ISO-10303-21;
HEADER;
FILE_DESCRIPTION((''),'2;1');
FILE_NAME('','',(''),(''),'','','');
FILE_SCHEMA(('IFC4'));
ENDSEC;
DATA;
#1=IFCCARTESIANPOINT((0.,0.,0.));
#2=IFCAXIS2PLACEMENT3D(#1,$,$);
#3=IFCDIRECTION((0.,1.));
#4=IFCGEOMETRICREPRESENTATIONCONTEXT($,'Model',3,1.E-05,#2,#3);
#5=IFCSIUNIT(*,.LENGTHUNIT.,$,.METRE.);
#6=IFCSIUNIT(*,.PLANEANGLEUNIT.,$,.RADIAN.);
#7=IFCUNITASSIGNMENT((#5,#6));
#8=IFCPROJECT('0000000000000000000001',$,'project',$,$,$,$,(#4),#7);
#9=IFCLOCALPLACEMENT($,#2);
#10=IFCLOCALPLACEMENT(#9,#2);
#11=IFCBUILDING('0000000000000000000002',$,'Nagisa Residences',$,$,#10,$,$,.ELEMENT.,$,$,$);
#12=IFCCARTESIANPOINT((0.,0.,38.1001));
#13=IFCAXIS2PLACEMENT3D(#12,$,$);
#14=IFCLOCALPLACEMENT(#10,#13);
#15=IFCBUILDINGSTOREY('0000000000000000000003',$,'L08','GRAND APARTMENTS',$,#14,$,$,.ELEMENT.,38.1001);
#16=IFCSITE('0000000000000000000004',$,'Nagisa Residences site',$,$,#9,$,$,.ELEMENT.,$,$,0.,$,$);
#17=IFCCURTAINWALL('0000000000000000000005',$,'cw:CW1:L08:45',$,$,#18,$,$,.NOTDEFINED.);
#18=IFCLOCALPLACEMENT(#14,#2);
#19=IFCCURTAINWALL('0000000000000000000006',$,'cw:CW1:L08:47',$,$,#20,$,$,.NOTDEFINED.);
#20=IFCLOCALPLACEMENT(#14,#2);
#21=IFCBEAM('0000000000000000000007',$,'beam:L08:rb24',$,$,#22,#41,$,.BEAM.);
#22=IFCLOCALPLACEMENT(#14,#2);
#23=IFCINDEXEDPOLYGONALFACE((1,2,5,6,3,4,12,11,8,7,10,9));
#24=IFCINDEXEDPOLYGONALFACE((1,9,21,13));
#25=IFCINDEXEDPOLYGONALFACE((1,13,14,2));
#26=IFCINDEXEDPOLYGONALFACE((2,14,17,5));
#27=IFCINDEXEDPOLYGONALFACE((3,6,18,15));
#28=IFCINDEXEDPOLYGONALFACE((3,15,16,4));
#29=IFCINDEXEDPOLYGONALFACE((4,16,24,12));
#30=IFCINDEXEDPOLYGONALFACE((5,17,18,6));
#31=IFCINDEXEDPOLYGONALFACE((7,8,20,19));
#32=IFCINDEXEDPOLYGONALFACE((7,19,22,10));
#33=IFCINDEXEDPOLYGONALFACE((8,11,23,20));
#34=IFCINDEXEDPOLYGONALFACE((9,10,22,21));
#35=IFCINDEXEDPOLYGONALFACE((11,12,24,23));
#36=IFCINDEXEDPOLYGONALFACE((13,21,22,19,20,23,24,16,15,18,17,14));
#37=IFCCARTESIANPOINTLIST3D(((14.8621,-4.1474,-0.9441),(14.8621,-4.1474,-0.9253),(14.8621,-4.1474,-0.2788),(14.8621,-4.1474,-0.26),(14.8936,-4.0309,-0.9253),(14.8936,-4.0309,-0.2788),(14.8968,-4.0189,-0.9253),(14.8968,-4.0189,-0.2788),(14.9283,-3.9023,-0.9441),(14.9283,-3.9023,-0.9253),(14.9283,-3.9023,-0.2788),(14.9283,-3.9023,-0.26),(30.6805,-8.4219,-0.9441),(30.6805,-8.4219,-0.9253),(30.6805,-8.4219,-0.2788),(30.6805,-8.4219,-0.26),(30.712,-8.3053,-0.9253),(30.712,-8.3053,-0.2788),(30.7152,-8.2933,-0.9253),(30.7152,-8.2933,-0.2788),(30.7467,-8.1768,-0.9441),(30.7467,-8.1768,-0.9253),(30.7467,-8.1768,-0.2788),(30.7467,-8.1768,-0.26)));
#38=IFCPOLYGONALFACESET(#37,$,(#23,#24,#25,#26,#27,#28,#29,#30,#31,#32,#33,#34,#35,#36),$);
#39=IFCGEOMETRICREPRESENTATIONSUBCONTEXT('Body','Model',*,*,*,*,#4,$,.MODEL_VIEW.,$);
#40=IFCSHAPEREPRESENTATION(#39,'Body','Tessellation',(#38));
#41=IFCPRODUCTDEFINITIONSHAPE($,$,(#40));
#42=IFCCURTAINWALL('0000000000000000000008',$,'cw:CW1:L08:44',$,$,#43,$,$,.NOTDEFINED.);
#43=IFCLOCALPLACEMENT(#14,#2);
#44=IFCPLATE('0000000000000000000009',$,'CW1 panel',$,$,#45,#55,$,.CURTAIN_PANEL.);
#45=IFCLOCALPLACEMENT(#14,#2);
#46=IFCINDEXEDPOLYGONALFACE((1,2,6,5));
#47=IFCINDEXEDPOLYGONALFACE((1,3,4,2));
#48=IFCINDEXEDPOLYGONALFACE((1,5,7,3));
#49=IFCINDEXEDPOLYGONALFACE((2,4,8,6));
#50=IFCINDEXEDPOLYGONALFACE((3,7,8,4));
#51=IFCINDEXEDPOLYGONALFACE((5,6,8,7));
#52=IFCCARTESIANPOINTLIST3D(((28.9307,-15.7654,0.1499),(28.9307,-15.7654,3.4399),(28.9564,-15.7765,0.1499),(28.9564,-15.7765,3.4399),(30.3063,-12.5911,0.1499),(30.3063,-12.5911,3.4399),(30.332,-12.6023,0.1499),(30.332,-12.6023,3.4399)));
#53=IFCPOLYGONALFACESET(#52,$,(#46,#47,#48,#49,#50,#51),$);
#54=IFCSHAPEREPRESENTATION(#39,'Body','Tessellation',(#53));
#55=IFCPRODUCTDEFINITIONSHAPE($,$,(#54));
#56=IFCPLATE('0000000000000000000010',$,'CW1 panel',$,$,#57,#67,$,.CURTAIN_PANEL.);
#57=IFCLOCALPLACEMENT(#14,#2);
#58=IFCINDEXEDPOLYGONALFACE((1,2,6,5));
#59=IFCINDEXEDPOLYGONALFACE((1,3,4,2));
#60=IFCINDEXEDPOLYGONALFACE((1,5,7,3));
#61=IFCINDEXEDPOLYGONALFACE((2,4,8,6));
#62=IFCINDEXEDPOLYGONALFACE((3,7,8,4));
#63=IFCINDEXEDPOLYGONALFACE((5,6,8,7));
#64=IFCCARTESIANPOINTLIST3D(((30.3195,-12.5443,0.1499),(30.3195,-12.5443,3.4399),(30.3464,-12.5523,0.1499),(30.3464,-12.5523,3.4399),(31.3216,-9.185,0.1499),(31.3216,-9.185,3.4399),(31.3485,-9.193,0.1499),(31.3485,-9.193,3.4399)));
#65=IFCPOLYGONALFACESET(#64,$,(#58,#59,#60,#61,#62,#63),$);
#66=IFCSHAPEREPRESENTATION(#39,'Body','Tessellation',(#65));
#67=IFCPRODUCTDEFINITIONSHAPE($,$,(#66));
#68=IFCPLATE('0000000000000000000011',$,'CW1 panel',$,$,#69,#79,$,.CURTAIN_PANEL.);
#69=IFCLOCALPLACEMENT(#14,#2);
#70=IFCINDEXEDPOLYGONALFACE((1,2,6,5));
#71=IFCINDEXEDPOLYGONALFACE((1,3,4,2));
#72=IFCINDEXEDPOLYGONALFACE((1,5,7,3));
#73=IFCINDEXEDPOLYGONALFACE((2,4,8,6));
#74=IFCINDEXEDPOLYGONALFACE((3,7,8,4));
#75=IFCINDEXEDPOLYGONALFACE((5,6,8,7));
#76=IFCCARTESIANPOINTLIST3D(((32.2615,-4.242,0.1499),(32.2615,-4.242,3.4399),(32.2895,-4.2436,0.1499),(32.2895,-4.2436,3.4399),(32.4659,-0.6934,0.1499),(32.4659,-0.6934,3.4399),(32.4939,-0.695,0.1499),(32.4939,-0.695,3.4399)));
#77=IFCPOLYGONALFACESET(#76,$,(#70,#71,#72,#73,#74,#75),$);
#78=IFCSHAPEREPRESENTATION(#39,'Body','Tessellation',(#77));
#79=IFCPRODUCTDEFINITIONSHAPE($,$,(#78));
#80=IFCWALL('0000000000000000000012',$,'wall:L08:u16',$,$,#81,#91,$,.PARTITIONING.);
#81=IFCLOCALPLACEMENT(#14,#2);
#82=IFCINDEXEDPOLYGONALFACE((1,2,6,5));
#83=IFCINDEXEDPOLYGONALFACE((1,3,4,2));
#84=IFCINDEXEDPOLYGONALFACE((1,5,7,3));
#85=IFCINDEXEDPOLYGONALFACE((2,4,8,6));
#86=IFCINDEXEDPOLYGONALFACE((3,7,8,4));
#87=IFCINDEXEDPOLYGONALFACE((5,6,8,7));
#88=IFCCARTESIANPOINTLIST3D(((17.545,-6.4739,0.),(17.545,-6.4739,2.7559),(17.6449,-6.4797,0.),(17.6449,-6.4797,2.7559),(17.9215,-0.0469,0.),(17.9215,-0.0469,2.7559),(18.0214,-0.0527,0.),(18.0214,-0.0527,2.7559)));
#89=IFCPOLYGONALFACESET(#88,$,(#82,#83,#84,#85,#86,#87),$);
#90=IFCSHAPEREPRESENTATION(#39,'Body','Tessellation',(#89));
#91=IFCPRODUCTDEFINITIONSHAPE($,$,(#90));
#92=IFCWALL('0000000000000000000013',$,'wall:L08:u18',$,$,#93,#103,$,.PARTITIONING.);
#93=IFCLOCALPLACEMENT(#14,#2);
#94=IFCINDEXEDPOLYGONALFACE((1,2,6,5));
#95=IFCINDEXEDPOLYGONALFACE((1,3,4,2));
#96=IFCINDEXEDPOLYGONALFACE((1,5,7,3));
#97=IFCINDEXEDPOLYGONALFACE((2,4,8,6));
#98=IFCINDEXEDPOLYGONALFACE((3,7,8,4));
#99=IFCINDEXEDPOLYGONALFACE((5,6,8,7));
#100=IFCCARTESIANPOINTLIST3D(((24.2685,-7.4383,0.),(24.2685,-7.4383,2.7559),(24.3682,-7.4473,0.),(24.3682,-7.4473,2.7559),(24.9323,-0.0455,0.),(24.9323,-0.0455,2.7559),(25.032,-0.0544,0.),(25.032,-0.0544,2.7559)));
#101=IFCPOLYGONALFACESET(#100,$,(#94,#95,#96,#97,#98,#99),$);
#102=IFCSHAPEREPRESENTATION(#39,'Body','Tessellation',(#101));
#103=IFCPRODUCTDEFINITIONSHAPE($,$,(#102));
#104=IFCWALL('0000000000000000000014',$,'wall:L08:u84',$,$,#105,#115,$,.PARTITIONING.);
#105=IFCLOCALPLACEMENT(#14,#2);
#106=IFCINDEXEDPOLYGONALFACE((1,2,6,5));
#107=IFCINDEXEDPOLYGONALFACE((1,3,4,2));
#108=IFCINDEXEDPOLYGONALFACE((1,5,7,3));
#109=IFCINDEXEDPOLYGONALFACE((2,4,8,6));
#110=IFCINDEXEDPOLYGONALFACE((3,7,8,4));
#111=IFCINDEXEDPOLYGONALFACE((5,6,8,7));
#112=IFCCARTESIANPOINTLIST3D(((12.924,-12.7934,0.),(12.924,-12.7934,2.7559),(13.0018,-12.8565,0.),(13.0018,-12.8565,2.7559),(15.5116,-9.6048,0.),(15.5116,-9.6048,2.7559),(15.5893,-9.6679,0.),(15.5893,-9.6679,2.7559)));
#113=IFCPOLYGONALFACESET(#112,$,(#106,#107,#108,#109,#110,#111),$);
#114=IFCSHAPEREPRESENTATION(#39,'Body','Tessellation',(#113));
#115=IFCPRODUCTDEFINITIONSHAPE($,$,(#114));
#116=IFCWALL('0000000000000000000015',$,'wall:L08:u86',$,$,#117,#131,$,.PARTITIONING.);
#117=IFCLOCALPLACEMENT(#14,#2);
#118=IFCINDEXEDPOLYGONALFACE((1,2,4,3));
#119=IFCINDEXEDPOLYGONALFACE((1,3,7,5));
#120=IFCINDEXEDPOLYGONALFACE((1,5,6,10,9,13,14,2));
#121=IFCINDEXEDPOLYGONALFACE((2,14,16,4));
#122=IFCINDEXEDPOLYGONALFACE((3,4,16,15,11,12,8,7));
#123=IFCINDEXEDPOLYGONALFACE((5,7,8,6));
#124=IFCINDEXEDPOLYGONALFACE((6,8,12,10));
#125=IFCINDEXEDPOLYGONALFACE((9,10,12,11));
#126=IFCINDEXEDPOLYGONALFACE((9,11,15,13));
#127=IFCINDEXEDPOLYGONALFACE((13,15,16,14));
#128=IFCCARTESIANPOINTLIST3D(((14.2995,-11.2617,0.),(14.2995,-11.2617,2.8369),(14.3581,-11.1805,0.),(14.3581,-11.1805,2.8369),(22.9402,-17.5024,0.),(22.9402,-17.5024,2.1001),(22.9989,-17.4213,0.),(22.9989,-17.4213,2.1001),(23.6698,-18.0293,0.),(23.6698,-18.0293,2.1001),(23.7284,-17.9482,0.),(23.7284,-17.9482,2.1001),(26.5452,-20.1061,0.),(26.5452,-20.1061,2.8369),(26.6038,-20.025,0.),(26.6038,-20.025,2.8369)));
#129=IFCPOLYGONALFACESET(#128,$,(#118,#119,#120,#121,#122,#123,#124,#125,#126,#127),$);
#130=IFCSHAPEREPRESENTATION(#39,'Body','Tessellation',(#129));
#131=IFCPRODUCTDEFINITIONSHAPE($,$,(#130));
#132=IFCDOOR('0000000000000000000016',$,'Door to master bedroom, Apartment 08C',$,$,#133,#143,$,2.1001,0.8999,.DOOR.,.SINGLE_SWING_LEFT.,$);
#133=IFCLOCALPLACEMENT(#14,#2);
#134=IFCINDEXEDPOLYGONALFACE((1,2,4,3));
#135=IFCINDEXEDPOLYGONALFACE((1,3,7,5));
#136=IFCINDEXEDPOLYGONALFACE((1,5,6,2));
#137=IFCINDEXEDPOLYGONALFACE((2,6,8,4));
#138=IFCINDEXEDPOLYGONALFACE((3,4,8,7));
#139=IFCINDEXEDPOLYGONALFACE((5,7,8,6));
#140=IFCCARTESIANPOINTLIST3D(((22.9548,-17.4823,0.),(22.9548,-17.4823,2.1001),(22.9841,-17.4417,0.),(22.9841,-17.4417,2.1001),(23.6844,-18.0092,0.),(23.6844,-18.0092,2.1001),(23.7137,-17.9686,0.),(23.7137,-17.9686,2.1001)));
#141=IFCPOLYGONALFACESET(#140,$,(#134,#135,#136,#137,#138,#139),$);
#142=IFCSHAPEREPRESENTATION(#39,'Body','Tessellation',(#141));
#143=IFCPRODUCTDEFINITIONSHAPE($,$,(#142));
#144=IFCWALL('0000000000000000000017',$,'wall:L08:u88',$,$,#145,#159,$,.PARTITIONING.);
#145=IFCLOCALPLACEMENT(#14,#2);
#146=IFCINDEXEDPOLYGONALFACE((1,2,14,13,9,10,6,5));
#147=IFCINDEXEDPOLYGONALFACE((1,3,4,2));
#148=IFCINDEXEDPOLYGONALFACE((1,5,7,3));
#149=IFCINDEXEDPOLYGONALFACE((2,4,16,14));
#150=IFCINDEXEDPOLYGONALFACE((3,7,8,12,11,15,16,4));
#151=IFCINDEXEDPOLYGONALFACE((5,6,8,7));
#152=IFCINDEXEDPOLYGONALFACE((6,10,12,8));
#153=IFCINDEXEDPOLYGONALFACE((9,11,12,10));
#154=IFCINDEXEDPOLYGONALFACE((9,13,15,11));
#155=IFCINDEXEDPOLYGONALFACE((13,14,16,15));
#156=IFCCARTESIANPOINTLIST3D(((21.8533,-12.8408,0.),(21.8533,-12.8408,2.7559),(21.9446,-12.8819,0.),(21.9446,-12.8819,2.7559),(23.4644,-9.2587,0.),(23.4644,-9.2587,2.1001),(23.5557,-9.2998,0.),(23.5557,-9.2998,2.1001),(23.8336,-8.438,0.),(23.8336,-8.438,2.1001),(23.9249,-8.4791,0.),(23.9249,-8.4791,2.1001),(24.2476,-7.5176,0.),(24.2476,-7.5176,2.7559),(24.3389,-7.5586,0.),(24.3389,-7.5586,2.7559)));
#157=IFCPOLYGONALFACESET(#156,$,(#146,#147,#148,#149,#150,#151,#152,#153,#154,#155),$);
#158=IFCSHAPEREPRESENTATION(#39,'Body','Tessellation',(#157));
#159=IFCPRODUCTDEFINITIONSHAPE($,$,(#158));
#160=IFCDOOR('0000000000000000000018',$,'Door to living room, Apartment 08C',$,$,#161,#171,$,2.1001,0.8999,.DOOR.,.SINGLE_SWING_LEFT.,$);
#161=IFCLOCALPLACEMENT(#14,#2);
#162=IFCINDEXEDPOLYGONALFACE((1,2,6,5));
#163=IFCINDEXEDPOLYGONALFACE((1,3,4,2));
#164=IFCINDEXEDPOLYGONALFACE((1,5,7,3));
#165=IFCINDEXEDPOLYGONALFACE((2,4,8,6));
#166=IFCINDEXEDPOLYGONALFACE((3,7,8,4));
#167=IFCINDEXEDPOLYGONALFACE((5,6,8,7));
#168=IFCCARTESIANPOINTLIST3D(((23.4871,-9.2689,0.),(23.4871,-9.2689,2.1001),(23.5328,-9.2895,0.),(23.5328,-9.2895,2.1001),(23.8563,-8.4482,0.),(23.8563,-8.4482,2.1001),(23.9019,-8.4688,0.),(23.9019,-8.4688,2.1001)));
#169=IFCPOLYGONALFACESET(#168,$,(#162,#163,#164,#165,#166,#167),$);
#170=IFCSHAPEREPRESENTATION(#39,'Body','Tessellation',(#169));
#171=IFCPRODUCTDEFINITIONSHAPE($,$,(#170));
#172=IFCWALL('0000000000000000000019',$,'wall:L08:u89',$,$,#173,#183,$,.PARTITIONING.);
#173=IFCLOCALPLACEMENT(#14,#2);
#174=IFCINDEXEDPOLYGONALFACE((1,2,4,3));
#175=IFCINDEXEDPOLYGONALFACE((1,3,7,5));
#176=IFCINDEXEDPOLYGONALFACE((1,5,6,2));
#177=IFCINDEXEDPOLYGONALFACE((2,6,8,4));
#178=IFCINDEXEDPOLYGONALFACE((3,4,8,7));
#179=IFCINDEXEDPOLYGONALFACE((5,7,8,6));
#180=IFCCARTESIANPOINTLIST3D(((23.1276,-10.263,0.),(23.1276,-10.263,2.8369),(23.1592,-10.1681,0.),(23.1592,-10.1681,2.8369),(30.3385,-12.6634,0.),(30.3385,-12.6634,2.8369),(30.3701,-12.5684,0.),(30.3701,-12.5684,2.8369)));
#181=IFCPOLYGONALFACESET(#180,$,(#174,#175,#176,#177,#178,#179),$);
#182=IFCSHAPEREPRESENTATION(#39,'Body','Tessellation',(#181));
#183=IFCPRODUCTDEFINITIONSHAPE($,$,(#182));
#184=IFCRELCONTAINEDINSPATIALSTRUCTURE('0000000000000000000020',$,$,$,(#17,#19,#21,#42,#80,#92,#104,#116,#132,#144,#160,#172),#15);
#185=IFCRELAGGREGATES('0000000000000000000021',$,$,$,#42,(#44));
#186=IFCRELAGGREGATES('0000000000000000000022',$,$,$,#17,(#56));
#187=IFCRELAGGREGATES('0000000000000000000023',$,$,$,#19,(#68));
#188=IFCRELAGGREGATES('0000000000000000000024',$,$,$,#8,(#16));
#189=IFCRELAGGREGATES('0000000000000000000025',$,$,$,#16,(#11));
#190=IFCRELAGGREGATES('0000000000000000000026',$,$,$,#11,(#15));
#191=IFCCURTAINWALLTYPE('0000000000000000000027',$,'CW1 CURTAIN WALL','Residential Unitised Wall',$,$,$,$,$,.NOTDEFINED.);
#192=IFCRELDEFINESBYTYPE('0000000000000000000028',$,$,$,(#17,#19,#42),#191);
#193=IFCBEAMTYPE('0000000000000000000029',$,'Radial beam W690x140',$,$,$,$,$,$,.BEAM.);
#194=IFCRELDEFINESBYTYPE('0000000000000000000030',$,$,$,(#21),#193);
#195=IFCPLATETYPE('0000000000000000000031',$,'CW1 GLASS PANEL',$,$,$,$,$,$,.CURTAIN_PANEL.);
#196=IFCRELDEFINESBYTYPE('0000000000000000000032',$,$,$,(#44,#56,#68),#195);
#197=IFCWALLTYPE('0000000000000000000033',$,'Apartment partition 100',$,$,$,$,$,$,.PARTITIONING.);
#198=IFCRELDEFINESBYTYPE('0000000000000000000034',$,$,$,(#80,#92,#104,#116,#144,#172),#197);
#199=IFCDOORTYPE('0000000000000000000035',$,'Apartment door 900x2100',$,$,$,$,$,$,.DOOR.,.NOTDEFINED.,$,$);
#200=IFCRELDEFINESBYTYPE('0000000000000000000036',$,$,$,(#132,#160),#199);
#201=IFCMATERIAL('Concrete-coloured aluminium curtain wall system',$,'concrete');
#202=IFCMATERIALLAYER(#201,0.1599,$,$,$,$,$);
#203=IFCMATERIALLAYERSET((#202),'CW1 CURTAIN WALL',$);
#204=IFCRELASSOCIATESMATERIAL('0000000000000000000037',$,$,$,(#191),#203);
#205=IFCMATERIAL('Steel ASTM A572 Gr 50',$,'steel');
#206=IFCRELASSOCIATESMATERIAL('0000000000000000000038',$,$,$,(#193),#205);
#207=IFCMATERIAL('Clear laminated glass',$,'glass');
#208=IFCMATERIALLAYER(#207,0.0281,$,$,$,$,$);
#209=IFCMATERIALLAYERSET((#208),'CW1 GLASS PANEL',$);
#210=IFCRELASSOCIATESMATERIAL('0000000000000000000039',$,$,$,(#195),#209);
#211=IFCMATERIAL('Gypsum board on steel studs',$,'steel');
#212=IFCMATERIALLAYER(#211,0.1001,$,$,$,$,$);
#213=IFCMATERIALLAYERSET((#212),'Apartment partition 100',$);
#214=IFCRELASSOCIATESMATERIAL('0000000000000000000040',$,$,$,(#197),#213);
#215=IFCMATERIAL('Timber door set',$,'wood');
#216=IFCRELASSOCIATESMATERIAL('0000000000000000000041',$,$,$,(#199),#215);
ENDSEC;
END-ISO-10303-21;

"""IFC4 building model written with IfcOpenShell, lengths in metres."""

from ifc_helpers import new_model, si_unit, direction, frame, frame_2d, origin, origin_2d, place, context, subcontext, project, spatial, rectangle, i_section, extrude, material, layer, layer_set, material_profile, profile_set, type_object, element, fill, aggregate, save


model = new_model("IFC4")

# Units and contexts
model_context = context("Model", 3, precision=1e-05, world=origin(), true_north=direction((0.0, 1.0)))
body_context = subcontext(model_context, "Body", "Model", "MODEL_VIEW")
ifc_project = project(units=[si_unit("LENGTHUNIT", "METRE"), si_unit("PLANEANGLEUNIT", "RADIAN")], contexts=[model_context])

# Site, building, storey
site_placement = place(None, origin())
site = spatial("IfcSite", under=ifc_project, at=site_placement, Name="Nagisa Residences site", CompositionType="ELEMENT", RefElevation=0.0)
building_placement = place(site_placement, origin())
building = spatial("IfcBuilding", under=site, at=building_placement, Name="Nagisa Residences", CompositionType="ELEMENT")
storey_placement = place(building_placement, frame((0.0, 0.0, 38.1001)))
storey = spatial("IfcBuildingStorey", under=building, at=storey_placement, Name="L08", Description="GRAND APARTMENTS", CompositionType="ELEMENT", Elevation=38.1001)

# Curtain walls
ifc_material_1 = material(Name="Concrete-coloured aluminium curtain wall system", Category="concrete")
ifc_layer_1 = layer(ifc_material_1, 0.1599)
ifc_layer_set_1 = layer_set([ifc_layer_1], Name="CW1 CURTAIN WALL")
curtain_wall_type = type_object("IfcCurtainWallType", Name="CW1 CURTAIN WALL", Description="Residential Unitised Wall", PredefinedType="NOTDEFINED", material=ifc_layer_set_1)
curtain_wall_1_placement = place(storey_placement, origin())
curtain_wall_1 = element("IfcCurtainWall", 1, at=curtain_wall_1_placement, inside=storey, type_object=curtain_wall_type, Name="cw:CW1:L08:45", PredefinedType="NOTDEFINED")
curtain_wall_2_placement = place(storey_placement, origin())
curtain_wall_2 = element("IfcCurtainWall", 2, at=curtain_wall_2_placement, inside=storey, type_object=curtain_wall_type, Name="cw:CW1:L08:47", PredefinedType="NOTDEFINED")

# Beam
ifc_material_2 = material(Name="Steel ASTM A572 Gr 50", Category="steel")
ifc_material_profile_1 = material_profile(ifc_material_2, i_section(OverallWidth=0.2539, OverallDepth=0.6841, WebThickness=0.0125, FlangeThickness=0.0188, at=origin_2d()), Name="W690x140")
ifc_profile_set_1 = profile_set([ifc_material_profile_1], Name="Steel ASTM A572 Gr 50")
beam_type_1 = type_object("IfcBeamType", Name="Radial beam W690x140", PredefinedType="BEAM", material=ifc_profile_set_1)
beam_1_placement = place(storey_placement, frame((30.7136, -8.2993, -0.6021), z_axis=(-0.965376, 0.260862, 0.0), x_axis=(-0.260862, -0.965376, 0.0)))
element("IfcBeam", 3, at=beam_1_placement, inside=storey, type_object=beam_type_1, Name="beam:L08:rb24", PredefinedType="BEAM", context=body_context, shape_type="SweptSolid", body=[
    extrude(i_section(OverallWidth=0.2539, OverallDepth=0.6841, WebThickness=0.0125, FlangeThickness=0.0188, at=origin_2d()), origin(), (0.0, 0.0, 1.0), 16.3857),
])

# Curtain wall, plate
curtain_wall_3_placement = place(storey_placement, origin())
curtain_wall_3 = element("IfcCurtainWall", 4, at=curtain_wall_3_placement, inside=storey, type_object=curtain_wall_type, Name="cw:CW1:L08:44", PredefinedType="NOTDEFINED")
ifc_material_3 = material(Name="Clear laminated glass", Category="glass")
ifc_layer_2 = layer(ifc_material_3, 0.0281)
ifc_layer_set_2 = layer_set([ifc_layer_2], Name="CW1 GLASS PANEL")
plate_type = type_object("IfcPlateType", Name="CW1 GLASS PANEL", PredefinedType="CURTAIN_PANEL", material=ifc_layer_set_2)
plate_1_placement = place(storey_placement, frame((29.6313, -14.1838, 0.1499), z_axis=(0.0, 0.0, 1.0), x_axis=(0.397636, 0.917543, 0.0)))
plate_1 = element("IfcPlate", 5, at=plate_1_placement, type_object=plate_type, Name="CW1 panel", PredefinedType="CURTAIN_PANEL", context=body_context, shape_type="SweptSolid", body=[
    extrude(rectangle(XDim=3.4595, YDim=0.0281, at=origin_2d()), origin(), (0.0, 0.0, 1.0), 3.29),
])
aggregate(curtain_wall_3, [plate_1])

# Plates
plate_2_placement = place(storey_placement, frame((30.834, -10.8687, 0.1499), z_axis=(0.0, 0.0, 1.0), x_axis=(0.28586, 0.958271, 0.0)))
plate_2 = element("IfcPlate", 6, at=plate_2_placement, type_object=plate_type, Name="CW1 panel", PredefinedType="CURTAIN_PANEL", context=body_context, shape_type="SweptSolid", body=[
    extrude(rectangle(XDim=3.5056, YDim=0.0281, at=origin_2d()), origin(), (0.0, 0.0, 1.0), 3.29),
])
aggregate(curtain_wall_1, [plate_2])
plate_3_placement = place(storey_placement, frame((32.3777, -2.4685, 0.1499), z_axis=(0.0, 0.0, 1.0), x_axis=(0.057503, 0.998345, 0.0)))
plate_3 = element("IfcPlate", 7, at=plate_3_placement, type_object=plate_type, Name="CW1 panel", PredefinedType="CURTAIN_PANEL", context=body_context, shape_type="SweptSolid", body=[
    extrude(rectangle(XDim=3.5544, YDim=0.0281, at=origin_2d()), origin(), (0.0, 0.0, 1.0), 3.29),
])
aggregate(curtain_wall_2, [plate_3])

# Walls
ifc_material_4 = material(Name="Gypsum board on steel studs", Category="steel")
ifc_layer_3 = layer(ifc_material_4, 0.1001)
ifc_layer_set_3 = layer_set([ifc_layer_3], Name="Apartment partition 100")
wall_type_1 = type_object("IfcWallType", Name="Apartment partition 100", PredefinedType="PARTITIONING", material=ifc_layer_set_3)
wall_1_placement = place(storey_placement, frame((17.9714, -0.0498, 0.0), z_axis=(0.0, 0.0, 1.0), x_axis=(-0.058475, -0.998289, 0.0)))
element("IfcWall", 8, at=wall_1_placement, inside=storey, type_object=wall_type_1, Name="wall:L08:u16", PredefinedType="PARTITIONING", context=body_context, shape_type="SweptSolid", body=[
    extrude(rectangle(XDim=6.438, YDim=0.1001, at=frame_2d((3.219, 0.0))), origin(), (0.0, 0.0, 1.0), 2.7559),
])
wall_2_placement = place(storey_placement, frame((24.9822, -0.0498, 0.0), z_axis=(0.0, 0.0, 1.0), x_axis=(-0.089432, -0.995993, 0.0)))
element("IfcWall", 9, at=wall_2_placement, inside=storey, type_object=wall_type_1, Name="wall:L08:u18", PredefinedType="PARTITIONING", context=body_context, shape_type="SweptSolid", body=[
    extrude(rectangle(XDim=7.4226, YDim=0.1001, at=frame_2d((3.7114, 0.0))), origin(), (0.0, 0.0, 1.0), 2.7559),
])
wall_3_placement = place(storey_placement, frame((12.9629, -12.825, 0.0), z_axis=(0.0, 0.0, 1.0), x_axis=(0.630125, 0.776494, 0.0)))
element("IfcWall", 10, at=wall_3_placement, inside=storey, type_object=wall_type_1, Name="wall:L08:u84", PredefinedType="PARTITIONING", context=body_context, shape_type="SweptSolid", body=[
    extrude(rectangle(XDim=4.1064, YDim=0.1001, at=frame_2d((2.0532, 0.0))), origin(), (0.0, 0.0, 1.0), 2.7559),
])

# Walls, openings, doors
wall_4_placement = place(storey_placement, frame((14.3289, -11.2212, 0.0), z_axis=(0.0, 0.0, 1.0), x_axis=(0.810671, -0.585502, 0.0)))
wall_4 = element("IfcWall", 11, at=wall_4_placement, inside=storey, type_object=wall_type_1, Name="wall:L08:u86", PredefinedType="PARTITIONING", context=body_context, shape_type="SweptSolid", body=[
    extrude(rectangle(XDim=15.1057, YDim=0.1001, at=frame_2d((7.5527, 0.0))), origin(), (0.0, 0.0, 1.0), 2.8369),
])
opening_1_placement = place(wall_4_placement, frame((10.6587, 0.0, 0.0)))
opening_1 = element("IfcOpeningElement", 12, at=opening_1_placement, cuts=wall_4, PredefinedType="OPENING", context=body_context, shape_type="SweptSolid", body=[
    extrude(rectangle(XDim=0.8999, YDim=2.1001, at=frame_2d((0.45, 1.05))), frame((0.0, 0.0601, 0.0), z_axis=(0.0, -1.0, 0.0), x_axis=(1.0, 0.0, 0.0)), (0.0, 0.0, 1.0), 0.1201),
])
ifc_material_5 = material(Name="Timber door set", Category="wood")
door_type_1 = type_object("IfcDoorType", Name="Apartment door 900x2100", OperationType="NOTDEFINED", PredefinedType="DOOR", material=ifc_material_5)
door_1_placement = place(opening_1_placement, origin())
door_1 = element("IfcDoor", 13, at=door_1_placement, inside=storey, type_object=door_type_1, Name="Door to master bedroom, Apartment 08C", OperationType="SINGLE_SWING_LEFT", OverallHeight=2.1001, OverallWidth=0.8999, PredefinedType="DOOR", context=body_context, shape_type="SweptSolid", body=[
    extrude(rectangle(XDim=0.8999, YDim=2.1001, at=frame_2d((0.45, 1.05))), frame((0.0, 0.0249, 0.0), z_axis=(0.0, -1.0, 0.0), x_axis=(1.0, 0.0, 0.0)), (0.0, 0.0, 1.0), 0.05),
])
fill(opening_1, door_1)
wall_5_placement = place(storey_placement, frame((21.8989, -12.8613, 0.0), z_axis=(0.0, 0.0, 1.0), x_axis=(0.410198, 0.911997, 0.0)))
wall_5 = element("IfcWall", 14, at=wall_5_placement, inside=storey, type_object=wall_type_1, Name="wall:L08:u88", PredefinedType="PARTITIONING", context=body_context, shape_type="SweptSolid", body=[
    extrude(rectangle(XDim=5.8369, YDim=0.1001, at=frame_2d((2.9185, 0.0))), origin(), (0.0, 0.0, 1.0), 2.7559),
])
opening_2_placement = place(wall_5_placement, frame((3.9277, 0.0, 0.0)))
opening_2 = element("IfcOpeningElement", 15, at=opening_2_placement, cuts=wall_5, PredefinedType="OPENING", context=body_context, shape_type="SweptSolid", body=[
    extrude(rectangle(XDim=0.8999, YDim=2.1001, at=frame_2d((0.45, 1.05))), frame((0.0, 0.0601, 0.0), z_axis=(0.0, -1.0, 0.0), x_axis=(1.0, 0.0, 0.0)), (0.0, 0.0, 1.0), 0.1201),
])
door_2_placement = place(opening_2_placement, frame((0.8999, 0.0, 0.0), x_axis=(-1.0, 0.0, 0.0)))
door_2 = element("IfcDoor", 16, at=door_2_placement, inside=storey, type_object=door_type_1, Name="Door to living room, Apartment 08C", OperationType="SINGLE_SWING_LEFT", OverallHeight=2.1001, OverallWidth=0.8999, PredefinedType="DOOR", context=body_context, shape_type="SweptSolid", body=[
    extrude(rectangle(XDim=0.8999, YDim=2.1001, at=frame_2d((0.45, 1.05))), frame((0.0, 0.0249, 0.0), z_axis=(0.0, -1.0, 0.0), x_axis=(1.0, 0.0, 0.0)), (0.0, 0.0, 1.0), 0.05),
])
fill(opening_2, door_2)

# Wall
wall_6_placement = place(storey_placement, frame((23.1436, -10.2156, 0.0), z_axis=(0.0, 0.0, 1.0), x_axis=(0.948812, -0.315842, 0.0)))
element("IfcWall", 17, at=wall_6_placement, inside=storey, type_object=wall_type_1, Name="wall:L08:u89", PredefinedType="PARTITIONING", context=body_context, shape_type="SweptSolid", body=[
    extrude(rectangle(XDim=7.5999, YDim=0.1001, at=frame_2d((3.7998, 0.0))), origin(), (0.0, 0.0, 1.0), 2.8369),
])

save(model, "model.ifc")
